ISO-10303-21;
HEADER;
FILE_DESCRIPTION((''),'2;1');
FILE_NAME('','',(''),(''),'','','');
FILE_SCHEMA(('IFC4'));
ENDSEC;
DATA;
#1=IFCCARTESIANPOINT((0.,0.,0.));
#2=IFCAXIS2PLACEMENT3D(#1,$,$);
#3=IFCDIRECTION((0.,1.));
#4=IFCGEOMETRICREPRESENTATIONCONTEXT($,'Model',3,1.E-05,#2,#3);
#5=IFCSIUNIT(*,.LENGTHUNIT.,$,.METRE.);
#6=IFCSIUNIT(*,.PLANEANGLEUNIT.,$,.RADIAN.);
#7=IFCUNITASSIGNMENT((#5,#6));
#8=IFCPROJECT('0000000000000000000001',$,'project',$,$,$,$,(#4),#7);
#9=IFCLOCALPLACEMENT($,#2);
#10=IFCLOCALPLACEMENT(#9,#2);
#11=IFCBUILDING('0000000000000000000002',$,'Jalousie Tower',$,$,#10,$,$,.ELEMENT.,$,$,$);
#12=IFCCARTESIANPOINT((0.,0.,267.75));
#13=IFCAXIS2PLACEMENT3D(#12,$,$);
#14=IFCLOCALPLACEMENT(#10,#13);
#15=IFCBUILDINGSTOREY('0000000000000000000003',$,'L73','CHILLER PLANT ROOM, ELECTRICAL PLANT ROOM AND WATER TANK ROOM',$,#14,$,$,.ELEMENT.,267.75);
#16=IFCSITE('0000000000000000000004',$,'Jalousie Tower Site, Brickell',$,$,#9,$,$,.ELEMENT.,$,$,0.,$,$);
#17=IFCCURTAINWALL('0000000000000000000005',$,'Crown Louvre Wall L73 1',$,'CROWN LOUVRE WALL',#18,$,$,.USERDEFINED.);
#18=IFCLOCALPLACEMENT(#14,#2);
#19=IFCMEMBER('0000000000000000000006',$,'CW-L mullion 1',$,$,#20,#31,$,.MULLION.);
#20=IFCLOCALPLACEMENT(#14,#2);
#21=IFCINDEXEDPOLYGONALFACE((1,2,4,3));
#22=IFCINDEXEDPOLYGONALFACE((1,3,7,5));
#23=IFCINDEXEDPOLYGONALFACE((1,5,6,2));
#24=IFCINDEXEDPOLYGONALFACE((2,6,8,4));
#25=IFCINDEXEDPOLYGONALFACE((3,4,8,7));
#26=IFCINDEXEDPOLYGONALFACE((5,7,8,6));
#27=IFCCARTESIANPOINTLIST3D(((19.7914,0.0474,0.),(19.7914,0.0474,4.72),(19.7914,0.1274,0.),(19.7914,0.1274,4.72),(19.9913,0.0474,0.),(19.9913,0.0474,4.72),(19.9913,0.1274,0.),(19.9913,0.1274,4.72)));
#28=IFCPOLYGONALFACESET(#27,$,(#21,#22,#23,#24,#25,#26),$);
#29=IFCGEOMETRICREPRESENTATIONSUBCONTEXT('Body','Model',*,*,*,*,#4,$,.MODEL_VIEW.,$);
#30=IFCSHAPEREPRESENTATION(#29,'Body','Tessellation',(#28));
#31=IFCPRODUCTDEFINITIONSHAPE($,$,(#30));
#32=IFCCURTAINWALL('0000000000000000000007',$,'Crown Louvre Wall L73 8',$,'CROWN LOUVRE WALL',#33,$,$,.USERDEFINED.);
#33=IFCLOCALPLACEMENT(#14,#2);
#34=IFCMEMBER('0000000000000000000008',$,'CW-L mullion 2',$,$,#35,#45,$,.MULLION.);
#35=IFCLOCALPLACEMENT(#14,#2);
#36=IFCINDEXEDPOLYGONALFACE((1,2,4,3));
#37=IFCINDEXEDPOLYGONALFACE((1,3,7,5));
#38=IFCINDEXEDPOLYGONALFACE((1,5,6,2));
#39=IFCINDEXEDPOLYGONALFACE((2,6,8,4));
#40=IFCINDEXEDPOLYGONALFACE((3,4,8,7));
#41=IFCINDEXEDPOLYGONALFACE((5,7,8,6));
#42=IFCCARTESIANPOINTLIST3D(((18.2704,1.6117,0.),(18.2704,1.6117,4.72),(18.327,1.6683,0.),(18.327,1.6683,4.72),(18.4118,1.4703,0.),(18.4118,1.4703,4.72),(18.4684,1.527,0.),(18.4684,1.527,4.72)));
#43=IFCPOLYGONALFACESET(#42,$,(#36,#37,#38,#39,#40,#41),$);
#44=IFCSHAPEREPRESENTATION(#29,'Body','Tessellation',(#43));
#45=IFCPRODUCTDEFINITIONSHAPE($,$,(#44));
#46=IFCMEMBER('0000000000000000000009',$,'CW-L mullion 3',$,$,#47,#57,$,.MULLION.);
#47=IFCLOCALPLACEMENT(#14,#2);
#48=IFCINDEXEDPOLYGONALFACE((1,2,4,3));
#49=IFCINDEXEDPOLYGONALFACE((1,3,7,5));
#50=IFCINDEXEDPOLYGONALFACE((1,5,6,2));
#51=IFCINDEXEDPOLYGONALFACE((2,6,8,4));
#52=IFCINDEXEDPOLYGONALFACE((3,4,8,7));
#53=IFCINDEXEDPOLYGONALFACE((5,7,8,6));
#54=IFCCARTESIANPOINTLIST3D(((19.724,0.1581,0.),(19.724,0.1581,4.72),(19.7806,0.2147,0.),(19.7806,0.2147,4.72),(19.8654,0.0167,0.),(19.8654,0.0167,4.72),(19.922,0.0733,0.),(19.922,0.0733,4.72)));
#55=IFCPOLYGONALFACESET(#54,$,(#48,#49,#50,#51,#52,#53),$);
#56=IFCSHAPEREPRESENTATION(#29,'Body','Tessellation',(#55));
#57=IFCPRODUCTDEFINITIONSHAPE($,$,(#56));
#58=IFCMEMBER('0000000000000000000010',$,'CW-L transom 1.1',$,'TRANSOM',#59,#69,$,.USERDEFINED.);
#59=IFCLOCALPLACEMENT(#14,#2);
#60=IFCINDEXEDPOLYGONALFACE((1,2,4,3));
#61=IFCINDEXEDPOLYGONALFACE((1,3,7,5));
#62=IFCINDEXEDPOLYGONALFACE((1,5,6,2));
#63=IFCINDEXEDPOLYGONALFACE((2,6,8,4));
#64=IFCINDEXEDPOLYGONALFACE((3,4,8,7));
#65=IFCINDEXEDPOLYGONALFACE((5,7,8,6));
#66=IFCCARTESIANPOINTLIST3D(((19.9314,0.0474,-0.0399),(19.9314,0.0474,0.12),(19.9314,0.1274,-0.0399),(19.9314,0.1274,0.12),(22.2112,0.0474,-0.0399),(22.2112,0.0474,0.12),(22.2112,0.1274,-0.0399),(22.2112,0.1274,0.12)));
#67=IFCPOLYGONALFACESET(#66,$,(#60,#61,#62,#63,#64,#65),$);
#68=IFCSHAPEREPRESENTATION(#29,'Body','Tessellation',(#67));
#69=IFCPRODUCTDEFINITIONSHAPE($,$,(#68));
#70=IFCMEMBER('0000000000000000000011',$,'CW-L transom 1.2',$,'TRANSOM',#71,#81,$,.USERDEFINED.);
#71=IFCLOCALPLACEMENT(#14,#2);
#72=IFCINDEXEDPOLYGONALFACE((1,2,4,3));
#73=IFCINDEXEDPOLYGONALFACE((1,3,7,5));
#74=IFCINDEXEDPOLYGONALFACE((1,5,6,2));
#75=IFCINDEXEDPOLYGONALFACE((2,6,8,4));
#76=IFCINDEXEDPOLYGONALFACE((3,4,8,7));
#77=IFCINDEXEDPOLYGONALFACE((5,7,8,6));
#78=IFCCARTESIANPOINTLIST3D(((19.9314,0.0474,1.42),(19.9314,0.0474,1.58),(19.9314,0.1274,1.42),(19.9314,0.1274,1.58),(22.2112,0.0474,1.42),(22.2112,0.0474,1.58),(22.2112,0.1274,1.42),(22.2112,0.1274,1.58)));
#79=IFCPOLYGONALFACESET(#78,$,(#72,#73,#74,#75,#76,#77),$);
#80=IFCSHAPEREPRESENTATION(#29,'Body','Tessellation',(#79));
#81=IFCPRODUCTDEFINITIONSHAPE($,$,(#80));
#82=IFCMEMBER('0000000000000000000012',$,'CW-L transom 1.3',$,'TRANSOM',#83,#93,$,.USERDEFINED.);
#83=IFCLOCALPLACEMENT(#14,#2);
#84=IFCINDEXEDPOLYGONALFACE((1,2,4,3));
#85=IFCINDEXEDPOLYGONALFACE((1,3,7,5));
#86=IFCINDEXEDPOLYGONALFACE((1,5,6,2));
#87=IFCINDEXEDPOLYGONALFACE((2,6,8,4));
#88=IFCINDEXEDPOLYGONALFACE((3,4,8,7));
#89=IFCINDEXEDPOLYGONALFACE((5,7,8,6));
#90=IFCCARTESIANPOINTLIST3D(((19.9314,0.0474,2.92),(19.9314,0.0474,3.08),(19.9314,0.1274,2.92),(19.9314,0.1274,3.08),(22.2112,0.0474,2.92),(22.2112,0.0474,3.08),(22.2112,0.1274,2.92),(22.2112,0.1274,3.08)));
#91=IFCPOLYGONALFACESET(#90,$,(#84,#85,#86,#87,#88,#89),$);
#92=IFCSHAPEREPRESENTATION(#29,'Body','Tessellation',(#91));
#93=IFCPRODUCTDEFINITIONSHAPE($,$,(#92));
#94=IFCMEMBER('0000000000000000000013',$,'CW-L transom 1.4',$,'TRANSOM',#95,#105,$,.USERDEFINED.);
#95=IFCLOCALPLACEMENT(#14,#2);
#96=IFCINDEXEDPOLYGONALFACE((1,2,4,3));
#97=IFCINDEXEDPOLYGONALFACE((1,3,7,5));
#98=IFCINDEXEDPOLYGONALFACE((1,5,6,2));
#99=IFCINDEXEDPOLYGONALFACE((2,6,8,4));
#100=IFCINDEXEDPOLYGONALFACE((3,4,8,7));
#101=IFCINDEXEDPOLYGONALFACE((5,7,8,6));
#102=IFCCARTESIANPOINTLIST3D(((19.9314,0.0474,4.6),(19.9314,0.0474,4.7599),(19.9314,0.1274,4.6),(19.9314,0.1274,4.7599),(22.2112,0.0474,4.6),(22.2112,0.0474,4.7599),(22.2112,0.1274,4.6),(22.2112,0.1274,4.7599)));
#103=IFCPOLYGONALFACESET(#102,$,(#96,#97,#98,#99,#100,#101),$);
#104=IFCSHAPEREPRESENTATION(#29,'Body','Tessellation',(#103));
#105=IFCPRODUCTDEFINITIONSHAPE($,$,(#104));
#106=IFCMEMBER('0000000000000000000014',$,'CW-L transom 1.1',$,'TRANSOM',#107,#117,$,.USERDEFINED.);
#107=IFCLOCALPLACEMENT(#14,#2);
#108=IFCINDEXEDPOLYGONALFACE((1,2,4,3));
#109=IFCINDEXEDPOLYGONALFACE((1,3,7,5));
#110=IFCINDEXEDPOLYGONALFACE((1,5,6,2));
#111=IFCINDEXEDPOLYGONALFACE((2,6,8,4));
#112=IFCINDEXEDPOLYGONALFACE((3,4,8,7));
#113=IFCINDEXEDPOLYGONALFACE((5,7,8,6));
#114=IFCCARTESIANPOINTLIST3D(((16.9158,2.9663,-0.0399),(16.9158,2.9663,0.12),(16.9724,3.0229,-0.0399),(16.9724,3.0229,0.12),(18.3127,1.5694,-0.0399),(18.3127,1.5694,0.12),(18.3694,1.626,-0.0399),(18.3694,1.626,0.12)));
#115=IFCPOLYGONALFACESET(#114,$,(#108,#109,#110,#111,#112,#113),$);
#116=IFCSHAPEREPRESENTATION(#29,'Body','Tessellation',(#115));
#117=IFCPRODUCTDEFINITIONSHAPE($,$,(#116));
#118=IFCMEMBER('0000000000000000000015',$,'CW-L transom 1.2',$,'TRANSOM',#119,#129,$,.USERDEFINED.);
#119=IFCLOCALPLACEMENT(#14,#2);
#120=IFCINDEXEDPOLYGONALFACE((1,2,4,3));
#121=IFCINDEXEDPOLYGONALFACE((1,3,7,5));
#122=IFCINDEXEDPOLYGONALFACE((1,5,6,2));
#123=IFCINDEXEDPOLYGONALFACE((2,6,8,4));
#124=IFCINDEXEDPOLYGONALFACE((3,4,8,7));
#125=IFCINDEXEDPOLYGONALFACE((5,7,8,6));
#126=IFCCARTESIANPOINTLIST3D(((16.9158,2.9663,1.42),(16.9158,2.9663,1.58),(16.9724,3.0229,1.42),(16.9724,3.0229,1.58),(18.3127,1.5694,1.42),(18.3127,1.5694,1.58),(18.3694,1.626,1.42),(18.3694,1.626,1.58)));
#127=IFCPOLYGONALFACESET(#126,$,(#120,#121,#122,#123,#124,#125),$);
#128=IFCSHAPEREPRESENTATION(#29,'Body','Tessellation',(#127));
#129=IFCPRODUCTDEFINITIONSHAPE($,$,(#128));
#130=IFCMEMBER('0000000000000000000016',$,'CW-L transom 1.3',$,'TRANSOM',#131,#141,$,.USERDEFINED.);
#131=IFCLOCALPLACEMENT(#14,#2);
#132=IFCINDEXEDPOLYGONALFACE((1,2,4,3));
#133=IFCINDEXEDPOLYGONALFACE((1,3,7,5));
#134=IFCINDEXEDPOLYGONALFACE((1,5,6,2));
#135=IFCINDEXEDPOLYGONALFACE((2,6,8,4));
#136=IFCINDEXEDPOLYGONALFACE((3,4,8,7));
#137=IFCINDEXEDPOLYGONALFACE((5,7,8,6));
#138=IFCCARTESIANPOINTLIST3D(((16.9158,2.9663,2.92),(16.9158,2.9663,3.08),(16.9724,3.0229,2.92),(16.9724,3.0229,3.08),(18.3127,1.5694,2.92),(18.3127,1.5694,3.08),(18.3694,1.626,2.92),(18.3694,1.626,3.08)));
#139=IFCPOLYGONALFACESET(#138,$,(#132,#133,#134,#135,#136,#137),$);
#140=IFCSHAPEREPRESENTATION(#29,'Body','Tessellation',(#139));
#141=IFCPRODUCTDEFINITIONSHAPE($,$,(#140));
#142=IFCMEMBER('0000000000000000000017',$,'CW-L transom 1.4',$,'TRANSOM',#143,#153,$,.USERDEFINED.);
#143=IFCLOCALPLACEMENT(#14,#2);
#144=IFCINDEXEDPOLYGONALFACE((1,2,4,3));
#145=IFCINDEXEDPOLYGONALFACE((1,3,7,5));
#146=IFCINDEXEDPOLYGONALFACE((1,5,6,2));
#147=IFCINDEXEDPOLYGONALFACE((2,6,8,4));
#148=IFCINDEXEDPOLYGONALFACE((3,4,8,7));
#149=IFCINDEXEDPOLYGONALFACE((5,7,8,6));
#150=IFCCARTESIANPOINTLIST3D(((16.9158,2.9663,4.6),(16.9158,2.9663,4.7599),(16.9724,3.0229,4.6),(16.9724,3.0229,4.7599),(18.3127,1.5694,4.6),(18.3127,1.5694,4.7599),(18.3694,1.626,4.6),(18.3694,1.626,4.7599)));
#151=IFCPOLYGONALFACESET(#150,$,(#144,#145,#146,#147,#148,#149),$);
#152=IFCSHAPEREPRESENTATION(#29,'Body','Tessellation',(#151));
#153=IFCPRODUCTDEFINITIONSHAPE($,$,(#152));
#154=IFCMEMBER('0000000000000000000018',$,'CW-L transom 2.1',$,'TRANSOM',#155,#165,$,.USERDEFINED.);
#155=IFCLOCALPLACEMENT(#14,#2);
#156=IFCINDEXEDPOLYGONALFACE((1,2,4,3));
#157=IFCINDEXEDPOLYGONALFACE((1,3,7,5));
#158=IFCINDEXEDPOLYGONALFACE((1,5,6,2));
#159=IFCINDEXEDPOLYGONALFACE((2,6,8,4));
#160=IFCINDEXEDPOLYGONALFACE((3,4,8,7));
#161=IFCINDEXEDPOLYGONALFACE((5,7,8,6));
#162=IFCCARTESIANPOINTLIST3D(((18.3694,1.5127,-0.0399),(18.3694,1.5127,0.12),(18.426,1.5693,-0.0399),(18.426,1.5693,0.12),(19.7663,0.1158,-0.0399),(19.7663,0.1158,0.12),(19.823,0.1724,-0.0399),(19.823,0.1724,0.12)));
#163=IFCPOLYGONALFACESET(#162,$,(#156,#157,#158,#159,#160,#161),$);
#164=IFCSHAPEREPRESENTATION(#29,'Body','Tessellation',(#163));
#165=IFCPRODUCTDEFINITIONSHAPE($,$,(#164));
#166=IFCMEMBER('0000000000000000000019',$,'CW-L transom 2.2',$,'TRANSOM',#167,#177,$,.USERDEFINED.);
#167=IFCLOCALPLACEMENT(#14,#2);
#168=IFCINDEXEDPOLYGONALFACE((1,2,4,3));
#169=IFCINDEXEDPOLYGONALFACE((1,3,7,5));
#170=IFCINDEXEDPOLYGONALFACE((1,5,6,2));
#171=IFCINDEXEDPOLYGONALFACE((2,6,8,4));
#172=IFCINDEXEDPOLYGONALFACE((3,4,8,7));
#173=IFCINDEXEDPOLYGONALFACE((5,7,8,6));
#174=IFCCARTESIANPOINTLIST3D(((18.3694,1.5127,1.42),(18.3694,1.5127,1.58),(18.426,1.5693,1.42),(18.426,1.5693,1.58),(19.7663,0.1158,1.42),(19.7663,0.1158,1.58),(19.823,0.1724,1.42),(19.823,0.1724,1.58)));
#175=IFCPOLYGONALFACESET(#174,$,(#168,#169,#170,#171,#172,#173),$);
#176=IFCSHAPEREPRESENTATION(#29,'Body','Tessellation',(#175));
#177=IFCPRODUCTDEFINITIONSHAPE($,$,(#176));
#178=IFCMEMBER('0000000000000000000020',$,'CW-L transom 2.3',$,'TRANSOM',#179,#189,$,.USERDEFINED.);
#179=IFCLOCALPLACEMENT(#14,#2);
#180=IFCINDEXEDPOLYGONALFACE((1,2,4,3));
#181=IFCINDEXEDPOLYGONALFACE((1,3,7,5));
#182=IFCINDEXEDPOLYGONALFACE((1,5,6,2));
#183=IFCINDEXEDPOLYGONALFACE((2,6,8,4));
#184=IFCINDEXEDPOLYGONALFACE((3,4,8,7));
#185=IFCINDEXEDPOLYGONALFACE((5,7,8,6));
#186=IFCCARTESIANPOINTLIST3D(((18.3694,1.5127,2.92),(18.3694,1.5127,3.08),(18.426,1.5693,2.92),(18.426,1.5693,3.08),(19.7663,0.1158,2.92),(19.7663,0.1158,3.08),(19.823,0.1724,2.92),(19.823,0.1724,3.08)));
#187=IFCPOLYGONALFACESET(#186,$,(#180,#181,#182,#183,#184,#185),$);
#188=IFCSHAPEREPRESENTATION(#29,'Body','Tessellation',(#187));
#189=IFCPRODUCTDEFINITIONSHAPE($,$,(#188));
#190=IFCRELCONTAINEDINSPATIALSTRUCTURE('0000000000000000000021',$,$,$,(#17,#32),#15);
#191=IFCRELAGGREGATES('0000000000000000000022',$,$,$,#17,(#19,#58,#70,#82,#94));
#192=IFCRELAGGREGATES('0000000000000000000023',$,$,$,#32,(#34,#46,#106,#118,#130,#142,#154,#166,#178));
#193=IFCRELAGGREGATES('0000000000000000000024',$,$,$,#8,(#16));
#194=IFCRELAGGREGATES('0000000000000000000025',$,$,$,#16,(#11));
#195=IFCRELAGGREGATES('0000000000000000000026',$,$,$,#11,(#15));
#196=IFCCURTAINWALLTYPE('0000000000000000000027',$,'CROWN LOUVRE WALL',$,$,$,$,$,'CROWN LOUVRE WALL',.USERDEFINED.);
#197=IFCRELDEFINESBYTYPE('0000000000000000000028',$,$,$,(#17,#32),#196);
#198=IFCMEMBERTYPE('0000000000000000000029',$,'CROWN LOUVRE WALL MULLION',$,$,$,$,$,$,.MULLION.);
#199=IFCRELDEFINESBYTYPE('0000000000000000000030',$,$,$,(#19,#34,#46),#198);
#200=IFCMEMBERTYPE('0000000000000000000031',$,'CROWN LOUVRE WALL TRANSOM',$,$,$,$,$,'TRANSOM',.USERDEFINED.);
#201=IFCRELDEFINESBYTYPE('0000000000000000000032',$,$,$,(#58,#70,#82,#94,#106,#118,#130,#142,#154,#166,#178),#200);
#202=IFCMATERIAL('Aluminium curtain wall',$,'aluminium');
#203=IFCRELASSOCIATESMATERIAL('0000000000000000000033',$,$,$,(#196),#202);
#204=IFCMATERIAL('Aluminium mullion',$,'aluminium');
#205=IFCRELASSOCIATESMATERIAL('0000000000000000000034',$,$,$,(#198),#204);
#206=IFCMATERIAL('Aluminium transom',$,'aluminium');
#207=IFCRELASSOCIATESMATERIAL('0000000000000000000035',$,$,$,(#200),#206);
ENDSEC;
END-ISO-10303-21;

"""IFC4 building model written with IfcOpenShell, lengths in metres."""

from ifc_helpers import new_model, si_unit, direction, frame, origin, origin_2d, place, context, subcontext, project, spatial, rectangle, extrude, material, material_profile, profile_set, type_object, element, aggregate, save


model = new_model("IFC4")

# Units and contexts
model_context = context("Model", 3, precision=1e-05, world=origin(), true_north=direction((0.0, 1.0)))
body_context = subcontext(model_context, "Body", "Model", "MODEL_VIEW")
ifc_project = project(units=[si_unit("LENGTHUNIT", "METRE"), si_unit("PLANEANGLEUNIT", "RADIAN")], contexts=[model_context])

# Site, building, storey
site_placement = place(None, origin())
site = spatial("IfcSite", under=ifc_project, at=site_placement, Name="Jalousie Tower Site, Brickell", CompositionType="ELEMENT", RefElevation=0.0)
building_placement = place(site_placement, origin())
building = spatial("IfcBuilding", under=site, at=building_placement, Name="Jalousie Tower", CompositionType="ELEMENT")
storey_placement = place(building_placement, frame((0.0, 0.0, 267.75)))
storey = spatial("IfcBuildingStorey", under=building, at=storey_placement, Name="L73", Description="CHILLER PLANT ROOM, ELECTRICAL PLANT ROOM AND WATER TANK ROOM", CompositionType="ELEMENT", Elevation=267.75)

# Curtain wall, member
ifc_material_1 = material(Name="Aluminium curtain wall", Category="aluminium")
curtain_wall_type = type_object("IfcCurtainWallType", Name="CROWN LOUVRE WALL", ElementType="CROWN LOUVRE WALL", PredefinedType="USERDEFINED", material=ifc_material_1)
curtain_wall_1_placement = place(storey_placement, origin())
curtain_wall_1 = element("IfcCurtainWall", 1, at=curtain_wall_1_placement, inside=storey, type_object=curtain_wall_type, Name="Crown Louvre Wall L73 1", ObjectType="CROWN LOUVRE WALL", PredefinedType="USERDEFINED")
ifc_material_2 = material(Name="Aluminium mullion", Category="aluminium")
ifc_material_profile_1 = material_profile(ifc_material_2, rectangle(XDim=0.0801, YDim=0.2, at=origin_2d()), Name="MULLION 80x200")
ifc_profile_set_1 = profile_set([ifc_material_profile_1], Name="Aluminium mullion")
member_type_1 = type_object("IfcMemberType", Name="CROWN LOUVRE WALL MULLION", PredefinedType="MULLION", material=ifc_profile_set_1)
member_1_placement = place(storey_placement, frame((19.8914, 0.0874, 0.0), z_axis=(0.0, 0.0, 1.0), x_axis=(0.0, 1.0, 0.0)))
member_1 = element("IfcMember", 2, at=member_1_placement, type_object=member_type_1, Name="CW-L mullion 1", PredefinedType="MULLION", context=body_context, shape_type="SweptSolid", body=[
    extrude(rectangle(XDim=0.0801, YDim=0.2, at=origin_2d()), origin(), (0.0, 0.0, 1.0), 4.72),
])

# Curtain wall, members
curtain_wall_2_placement = place(storey_placement, origin())
curtain_wall_2 = element("IfcCurtainWall", 3, at=curtain_wall_2_placement, inside=storey, type_object=curtain_wall_type, Name="Crown Louvre Wall L73 8", ObjectType="CROWN LOUVRE WALL", PredefinedType="USERDEFINED")
member_2_placement = place(storey_placement, frame((18.3694, 1.5693, 0.0), z_axis=(0.0, 0.0, 1.0), x_axis=(0.707107, 0.707107, 0.0)))
member_2 = element("IfcMember", 4, at=member_2_placement, type_object=member_type_1, Name="CW-L mullion 2", PredefinedType="MULLION", context=body_context, shape_type="SweptSolid", body=[
    extrude(rectangle(XDim=0.0801, YDim=0.2, at=origin_2d()), origin(), (0.0, 0.0, 1.0), 4.72),
])
member_3_placement = place(storey_placement, frame((19.823, 0.1157, 0.0), z_axis=(0.0, 0.0, 1.0), x_axis=(0.707107, 0.707107, 0.0)))
member_3 = element("IfcMember", 5, at=member_3_placement, type_object=member_type_1, Name="CW-L mullion 3", PredefinedType="MULLION", context=body_context, shape_type="SweptSolid", body=[
    extrude(rectangle(XDim=0.0801, YDim=0.2, at=origin_2d()), origin(), (0.0, 0.0, 1.0), 4.72),
])

# Members
ifc_material_3 = material(Name="Aluminium transom", Category="aluminium")
ifc_material_profile_2 = material_profile(ifc_material_3, rectangle(XDim=0.0801, YDim=0.1599, at=origin_2d()), Name="TRANSOM 80x160")
ifc_profile_set_2 = profile_set([ifc_material_profile_2], Name="Aluminium transom")
member_type_2 = type_object("IfcMemberType", Name="CROWN LOUVRE WALL TRANSOM", ElementType="TRANSOM", PredefinedType="USERDEFINED", material=ifc_profile_set_2)
member_4_placement = place(storey_placement, frame((19.9314, 0.0874, 0.04), z_axis=(1.0, 0.0, 0.0), x_axis=(0.0, 1.0, 0.0)))
member_4 = element("IfcMember", 6, at=member_4_placement, type_object=member_type_2, Name="CW-L transom 1.1", ObjectType="TRANSOM", PredefinedType="USERDEFINED", context=body_context, shape_type="SweptSolid", body=[
    extrude(rectangle(XDim=0.0801, YDim=0.1599, at=origin_2d()), origin(), (0.0, 0.0, 1.0), 2.2798),
])
member_5_placement = place(storey_placement, frame((19.9314, 0.0874, 1.5), z_axis=(1.0, 0.0, 0.0), x_axis=(0.0, 1.0, 0.0)))
member_5 = element("IfcMember", 7, at=member_5_placement, type_object=member_type_2, Name="CW-L transom 1.2", ObjectType="TRANSOM", PredefinedType="USERDEFINED", context=body_context, shape_type="SweptSolid", body=[
    extrude(rectangle(XDim=0.0801, YDim=0.1599, at=origin_2d()), origin(), (0.0, 0.0, 1.0), 2.2798),
])
member_6_placement = place(storey_placement, frame((19.9314, 0.0874, 3.0), z_axis=(1.0, 0.0, 0.0), x_axis=(0.0, 1.0, 0.0)))
member_6 = element("IfcMember", 8, at=member_6_placement, type_object=member_type_2, Name="CW-L transom 1.3", ObjectType="TRANSOM", PredefinedType="USERDEFINED", context=body_context, shape_type="SweptSolid", body=[
    extrude(rectangle(XDim=0.0801, YDim=0.1599, at=origin_2d()), origin(), (0.0, 0.0, 1.0), 2.2798),
])
member_7_placement = place(storey_placement, frame((19.9314, 0.0874, 4.6799), z_axis=(1.0, 0.0, 0.0), x_axis=(0.0, 1.0, 0.0)))
member_7 = element("IfcMember", 9, at=member_7_placement, type_object=member_type_2, Name="CW-L transom 1.4", ObjectType="TRANSOM", PredefinedType="USERDEFINED", context=body_context, shape_type="SweptSolid", body=[
    extrude(rectangle(XDim=0.0801, YDim=0.1599, at=origin_2d()), origin(), (0.0, 0.0, 1.0), 2.2798),
])
aggregate(curtain_wall_1, [member_1, member_4, member_5, member_6, member_7])
member_8_placement = place(storey_placement, frame((16.9441, 2.9946, 0.04), z_axis=(0.707107, -0.707107, 0.0), x_axis=(0.707107, 0.707107, 0.0)))
member_8 = element("IfcMember", 10, at=member_8_placement, type_object=member_type_2, Name="CW-L transom 1.1", ObjectType="TRANSOM", PredefinedType="USERDEFINED", context=body_context, shape_type="SweptSolid", body=[
    extrude(rectangle(XDim=0.0801, YDim=0.1599, at=origin_2d()), origin(), (0.0, 0.0, 1.0), 1.9756),
])
member_9_placement = place(storey_placement, frame((16.9441, 2.9946, 1.5), z_axis=(0.707107, -0.707107, 0.0), x_axis=(0.707107, 0.707107, 0.0)))
member_9 = element("IfcMember", 11, at=member_9_placement, type_object=member_type_2, Name="CW-L transom 1.2", ObjectType="TRANSOM", PredefinedType="USERDEFINED", context=body_context, shape_type="SweptSolid", body=[
    extrude(rectangle(XDim=0.0801, YDim=0.1599, at=origin_2d()), origin(), (0.0, 0.0, 1.0), 1.9756),
])
member_10_placement = place(storey_placement, frame((16.9441, 2.9946, 3.0), z_axis=(0.707107, -0.707107, 0.0), x_axis=(0.707107, 0.707107, 0.0)))
member_10 = element("IfcMember", 12, at=member_10_placement, type_object=member_type_2, Name="CW-L transom 1.3", ObjectType="TRANSOM", PredefinedType="USERDEFINED", context=body_context, shape_type="SweptSolid", body=[
    extrude(rectangle(XDim=0.0801, YDim=0.1599, at=origin_2d()), origin(), (0.0, 0.0, 1.0), 1.9756),
])
member_11_placement = place(storey_placement, frame((16.9441, 2.9946, 4.6799), z_axis=(0.707107, -0.707107, 0.0), x_axis=(0.707107, 0.707107, 0.0)))
member_11 = element("IfcMember", 13, at=member_11_placement, type_object=member_type_2, Name="CW-L transom 1.4", ObjectType="TRANSOM", PredefinedType="USERDEFINED", context=body_context, shape_type="SweptSolid", body=[
    extrude(rectangle(XDim=0.0801, YDim=0.1599, at=origin_2d()), origin(), (0.0, 0.0, 1.0), 1.9756),
])
member_12_placement = place(storey_placement, frame((18.3977, 1.541, 0.04), z_axis=(0.707107, -0.707107, 0.0), x_axis=(0.707107, 0.707107, 0.0)))
member_12 = element("IfcMember", 14, at=member_12_placement, type_object=member_type_2, Name="CW-L transom 2.1", ObjectType="TRANSOM", PredefinedType="USERDEFINED", context=body_context, shape_type="SweptSolid", body=[
    extrude(rectangle(XDim=0.0801, YDim=0.1599, at=origin_2d()), origin(), (0.0, 0.0, 1.0), 1.9756),
])
member_13_placement = place(storey_placement, frame((18.3977, 1.541, 1.5), z_axis=(0.707107, -0.707107, 0.0), x_axis=(0.707107, 0.707107, 0.0)))
member_13 = element("IfcMember", 15, at=member_13_placement, type_object=member_type_2, Name="CW-L transom 2.2", ObjectType="TRANSOM", PredefinedType="USERDEFINED", context=body_context, shape_type="SweptSolid", body=[
    extrude(rectangle(XDim=0.0801, YDim=0.1599, at=origin_2d()), origin(), (0.0, 0.0, 1.0), 1.9756),
])
member_14_placement = place(storey_placement, frame((18.3977, 1.541, 3.0), z_axis=(0.707107, -0.707107, 0.0), x_axis=(0.707107, 0.707107, 0.0)))
member_14 = element("IfcMember", 16, at=member_14_placement, type_object=member_type_2, Name="CW-L transom 2.3", ObjectType="TRANSOM", PredefinedType="USERDEFINED", context=body_context, shape_type="SweptSolid", body=[
    extrude(rectangle(XDim=0.0801, YDim=0.1599, at=origin_2d()), origin(), (0.0, 0.0, 1.0), 1.9756),
])

aggregate(curtain_wall_2, [member_2, member_3, member_8, member_9, member_10, member_11, member_12, member_13, member_14])

save(model, "model.ifc")
